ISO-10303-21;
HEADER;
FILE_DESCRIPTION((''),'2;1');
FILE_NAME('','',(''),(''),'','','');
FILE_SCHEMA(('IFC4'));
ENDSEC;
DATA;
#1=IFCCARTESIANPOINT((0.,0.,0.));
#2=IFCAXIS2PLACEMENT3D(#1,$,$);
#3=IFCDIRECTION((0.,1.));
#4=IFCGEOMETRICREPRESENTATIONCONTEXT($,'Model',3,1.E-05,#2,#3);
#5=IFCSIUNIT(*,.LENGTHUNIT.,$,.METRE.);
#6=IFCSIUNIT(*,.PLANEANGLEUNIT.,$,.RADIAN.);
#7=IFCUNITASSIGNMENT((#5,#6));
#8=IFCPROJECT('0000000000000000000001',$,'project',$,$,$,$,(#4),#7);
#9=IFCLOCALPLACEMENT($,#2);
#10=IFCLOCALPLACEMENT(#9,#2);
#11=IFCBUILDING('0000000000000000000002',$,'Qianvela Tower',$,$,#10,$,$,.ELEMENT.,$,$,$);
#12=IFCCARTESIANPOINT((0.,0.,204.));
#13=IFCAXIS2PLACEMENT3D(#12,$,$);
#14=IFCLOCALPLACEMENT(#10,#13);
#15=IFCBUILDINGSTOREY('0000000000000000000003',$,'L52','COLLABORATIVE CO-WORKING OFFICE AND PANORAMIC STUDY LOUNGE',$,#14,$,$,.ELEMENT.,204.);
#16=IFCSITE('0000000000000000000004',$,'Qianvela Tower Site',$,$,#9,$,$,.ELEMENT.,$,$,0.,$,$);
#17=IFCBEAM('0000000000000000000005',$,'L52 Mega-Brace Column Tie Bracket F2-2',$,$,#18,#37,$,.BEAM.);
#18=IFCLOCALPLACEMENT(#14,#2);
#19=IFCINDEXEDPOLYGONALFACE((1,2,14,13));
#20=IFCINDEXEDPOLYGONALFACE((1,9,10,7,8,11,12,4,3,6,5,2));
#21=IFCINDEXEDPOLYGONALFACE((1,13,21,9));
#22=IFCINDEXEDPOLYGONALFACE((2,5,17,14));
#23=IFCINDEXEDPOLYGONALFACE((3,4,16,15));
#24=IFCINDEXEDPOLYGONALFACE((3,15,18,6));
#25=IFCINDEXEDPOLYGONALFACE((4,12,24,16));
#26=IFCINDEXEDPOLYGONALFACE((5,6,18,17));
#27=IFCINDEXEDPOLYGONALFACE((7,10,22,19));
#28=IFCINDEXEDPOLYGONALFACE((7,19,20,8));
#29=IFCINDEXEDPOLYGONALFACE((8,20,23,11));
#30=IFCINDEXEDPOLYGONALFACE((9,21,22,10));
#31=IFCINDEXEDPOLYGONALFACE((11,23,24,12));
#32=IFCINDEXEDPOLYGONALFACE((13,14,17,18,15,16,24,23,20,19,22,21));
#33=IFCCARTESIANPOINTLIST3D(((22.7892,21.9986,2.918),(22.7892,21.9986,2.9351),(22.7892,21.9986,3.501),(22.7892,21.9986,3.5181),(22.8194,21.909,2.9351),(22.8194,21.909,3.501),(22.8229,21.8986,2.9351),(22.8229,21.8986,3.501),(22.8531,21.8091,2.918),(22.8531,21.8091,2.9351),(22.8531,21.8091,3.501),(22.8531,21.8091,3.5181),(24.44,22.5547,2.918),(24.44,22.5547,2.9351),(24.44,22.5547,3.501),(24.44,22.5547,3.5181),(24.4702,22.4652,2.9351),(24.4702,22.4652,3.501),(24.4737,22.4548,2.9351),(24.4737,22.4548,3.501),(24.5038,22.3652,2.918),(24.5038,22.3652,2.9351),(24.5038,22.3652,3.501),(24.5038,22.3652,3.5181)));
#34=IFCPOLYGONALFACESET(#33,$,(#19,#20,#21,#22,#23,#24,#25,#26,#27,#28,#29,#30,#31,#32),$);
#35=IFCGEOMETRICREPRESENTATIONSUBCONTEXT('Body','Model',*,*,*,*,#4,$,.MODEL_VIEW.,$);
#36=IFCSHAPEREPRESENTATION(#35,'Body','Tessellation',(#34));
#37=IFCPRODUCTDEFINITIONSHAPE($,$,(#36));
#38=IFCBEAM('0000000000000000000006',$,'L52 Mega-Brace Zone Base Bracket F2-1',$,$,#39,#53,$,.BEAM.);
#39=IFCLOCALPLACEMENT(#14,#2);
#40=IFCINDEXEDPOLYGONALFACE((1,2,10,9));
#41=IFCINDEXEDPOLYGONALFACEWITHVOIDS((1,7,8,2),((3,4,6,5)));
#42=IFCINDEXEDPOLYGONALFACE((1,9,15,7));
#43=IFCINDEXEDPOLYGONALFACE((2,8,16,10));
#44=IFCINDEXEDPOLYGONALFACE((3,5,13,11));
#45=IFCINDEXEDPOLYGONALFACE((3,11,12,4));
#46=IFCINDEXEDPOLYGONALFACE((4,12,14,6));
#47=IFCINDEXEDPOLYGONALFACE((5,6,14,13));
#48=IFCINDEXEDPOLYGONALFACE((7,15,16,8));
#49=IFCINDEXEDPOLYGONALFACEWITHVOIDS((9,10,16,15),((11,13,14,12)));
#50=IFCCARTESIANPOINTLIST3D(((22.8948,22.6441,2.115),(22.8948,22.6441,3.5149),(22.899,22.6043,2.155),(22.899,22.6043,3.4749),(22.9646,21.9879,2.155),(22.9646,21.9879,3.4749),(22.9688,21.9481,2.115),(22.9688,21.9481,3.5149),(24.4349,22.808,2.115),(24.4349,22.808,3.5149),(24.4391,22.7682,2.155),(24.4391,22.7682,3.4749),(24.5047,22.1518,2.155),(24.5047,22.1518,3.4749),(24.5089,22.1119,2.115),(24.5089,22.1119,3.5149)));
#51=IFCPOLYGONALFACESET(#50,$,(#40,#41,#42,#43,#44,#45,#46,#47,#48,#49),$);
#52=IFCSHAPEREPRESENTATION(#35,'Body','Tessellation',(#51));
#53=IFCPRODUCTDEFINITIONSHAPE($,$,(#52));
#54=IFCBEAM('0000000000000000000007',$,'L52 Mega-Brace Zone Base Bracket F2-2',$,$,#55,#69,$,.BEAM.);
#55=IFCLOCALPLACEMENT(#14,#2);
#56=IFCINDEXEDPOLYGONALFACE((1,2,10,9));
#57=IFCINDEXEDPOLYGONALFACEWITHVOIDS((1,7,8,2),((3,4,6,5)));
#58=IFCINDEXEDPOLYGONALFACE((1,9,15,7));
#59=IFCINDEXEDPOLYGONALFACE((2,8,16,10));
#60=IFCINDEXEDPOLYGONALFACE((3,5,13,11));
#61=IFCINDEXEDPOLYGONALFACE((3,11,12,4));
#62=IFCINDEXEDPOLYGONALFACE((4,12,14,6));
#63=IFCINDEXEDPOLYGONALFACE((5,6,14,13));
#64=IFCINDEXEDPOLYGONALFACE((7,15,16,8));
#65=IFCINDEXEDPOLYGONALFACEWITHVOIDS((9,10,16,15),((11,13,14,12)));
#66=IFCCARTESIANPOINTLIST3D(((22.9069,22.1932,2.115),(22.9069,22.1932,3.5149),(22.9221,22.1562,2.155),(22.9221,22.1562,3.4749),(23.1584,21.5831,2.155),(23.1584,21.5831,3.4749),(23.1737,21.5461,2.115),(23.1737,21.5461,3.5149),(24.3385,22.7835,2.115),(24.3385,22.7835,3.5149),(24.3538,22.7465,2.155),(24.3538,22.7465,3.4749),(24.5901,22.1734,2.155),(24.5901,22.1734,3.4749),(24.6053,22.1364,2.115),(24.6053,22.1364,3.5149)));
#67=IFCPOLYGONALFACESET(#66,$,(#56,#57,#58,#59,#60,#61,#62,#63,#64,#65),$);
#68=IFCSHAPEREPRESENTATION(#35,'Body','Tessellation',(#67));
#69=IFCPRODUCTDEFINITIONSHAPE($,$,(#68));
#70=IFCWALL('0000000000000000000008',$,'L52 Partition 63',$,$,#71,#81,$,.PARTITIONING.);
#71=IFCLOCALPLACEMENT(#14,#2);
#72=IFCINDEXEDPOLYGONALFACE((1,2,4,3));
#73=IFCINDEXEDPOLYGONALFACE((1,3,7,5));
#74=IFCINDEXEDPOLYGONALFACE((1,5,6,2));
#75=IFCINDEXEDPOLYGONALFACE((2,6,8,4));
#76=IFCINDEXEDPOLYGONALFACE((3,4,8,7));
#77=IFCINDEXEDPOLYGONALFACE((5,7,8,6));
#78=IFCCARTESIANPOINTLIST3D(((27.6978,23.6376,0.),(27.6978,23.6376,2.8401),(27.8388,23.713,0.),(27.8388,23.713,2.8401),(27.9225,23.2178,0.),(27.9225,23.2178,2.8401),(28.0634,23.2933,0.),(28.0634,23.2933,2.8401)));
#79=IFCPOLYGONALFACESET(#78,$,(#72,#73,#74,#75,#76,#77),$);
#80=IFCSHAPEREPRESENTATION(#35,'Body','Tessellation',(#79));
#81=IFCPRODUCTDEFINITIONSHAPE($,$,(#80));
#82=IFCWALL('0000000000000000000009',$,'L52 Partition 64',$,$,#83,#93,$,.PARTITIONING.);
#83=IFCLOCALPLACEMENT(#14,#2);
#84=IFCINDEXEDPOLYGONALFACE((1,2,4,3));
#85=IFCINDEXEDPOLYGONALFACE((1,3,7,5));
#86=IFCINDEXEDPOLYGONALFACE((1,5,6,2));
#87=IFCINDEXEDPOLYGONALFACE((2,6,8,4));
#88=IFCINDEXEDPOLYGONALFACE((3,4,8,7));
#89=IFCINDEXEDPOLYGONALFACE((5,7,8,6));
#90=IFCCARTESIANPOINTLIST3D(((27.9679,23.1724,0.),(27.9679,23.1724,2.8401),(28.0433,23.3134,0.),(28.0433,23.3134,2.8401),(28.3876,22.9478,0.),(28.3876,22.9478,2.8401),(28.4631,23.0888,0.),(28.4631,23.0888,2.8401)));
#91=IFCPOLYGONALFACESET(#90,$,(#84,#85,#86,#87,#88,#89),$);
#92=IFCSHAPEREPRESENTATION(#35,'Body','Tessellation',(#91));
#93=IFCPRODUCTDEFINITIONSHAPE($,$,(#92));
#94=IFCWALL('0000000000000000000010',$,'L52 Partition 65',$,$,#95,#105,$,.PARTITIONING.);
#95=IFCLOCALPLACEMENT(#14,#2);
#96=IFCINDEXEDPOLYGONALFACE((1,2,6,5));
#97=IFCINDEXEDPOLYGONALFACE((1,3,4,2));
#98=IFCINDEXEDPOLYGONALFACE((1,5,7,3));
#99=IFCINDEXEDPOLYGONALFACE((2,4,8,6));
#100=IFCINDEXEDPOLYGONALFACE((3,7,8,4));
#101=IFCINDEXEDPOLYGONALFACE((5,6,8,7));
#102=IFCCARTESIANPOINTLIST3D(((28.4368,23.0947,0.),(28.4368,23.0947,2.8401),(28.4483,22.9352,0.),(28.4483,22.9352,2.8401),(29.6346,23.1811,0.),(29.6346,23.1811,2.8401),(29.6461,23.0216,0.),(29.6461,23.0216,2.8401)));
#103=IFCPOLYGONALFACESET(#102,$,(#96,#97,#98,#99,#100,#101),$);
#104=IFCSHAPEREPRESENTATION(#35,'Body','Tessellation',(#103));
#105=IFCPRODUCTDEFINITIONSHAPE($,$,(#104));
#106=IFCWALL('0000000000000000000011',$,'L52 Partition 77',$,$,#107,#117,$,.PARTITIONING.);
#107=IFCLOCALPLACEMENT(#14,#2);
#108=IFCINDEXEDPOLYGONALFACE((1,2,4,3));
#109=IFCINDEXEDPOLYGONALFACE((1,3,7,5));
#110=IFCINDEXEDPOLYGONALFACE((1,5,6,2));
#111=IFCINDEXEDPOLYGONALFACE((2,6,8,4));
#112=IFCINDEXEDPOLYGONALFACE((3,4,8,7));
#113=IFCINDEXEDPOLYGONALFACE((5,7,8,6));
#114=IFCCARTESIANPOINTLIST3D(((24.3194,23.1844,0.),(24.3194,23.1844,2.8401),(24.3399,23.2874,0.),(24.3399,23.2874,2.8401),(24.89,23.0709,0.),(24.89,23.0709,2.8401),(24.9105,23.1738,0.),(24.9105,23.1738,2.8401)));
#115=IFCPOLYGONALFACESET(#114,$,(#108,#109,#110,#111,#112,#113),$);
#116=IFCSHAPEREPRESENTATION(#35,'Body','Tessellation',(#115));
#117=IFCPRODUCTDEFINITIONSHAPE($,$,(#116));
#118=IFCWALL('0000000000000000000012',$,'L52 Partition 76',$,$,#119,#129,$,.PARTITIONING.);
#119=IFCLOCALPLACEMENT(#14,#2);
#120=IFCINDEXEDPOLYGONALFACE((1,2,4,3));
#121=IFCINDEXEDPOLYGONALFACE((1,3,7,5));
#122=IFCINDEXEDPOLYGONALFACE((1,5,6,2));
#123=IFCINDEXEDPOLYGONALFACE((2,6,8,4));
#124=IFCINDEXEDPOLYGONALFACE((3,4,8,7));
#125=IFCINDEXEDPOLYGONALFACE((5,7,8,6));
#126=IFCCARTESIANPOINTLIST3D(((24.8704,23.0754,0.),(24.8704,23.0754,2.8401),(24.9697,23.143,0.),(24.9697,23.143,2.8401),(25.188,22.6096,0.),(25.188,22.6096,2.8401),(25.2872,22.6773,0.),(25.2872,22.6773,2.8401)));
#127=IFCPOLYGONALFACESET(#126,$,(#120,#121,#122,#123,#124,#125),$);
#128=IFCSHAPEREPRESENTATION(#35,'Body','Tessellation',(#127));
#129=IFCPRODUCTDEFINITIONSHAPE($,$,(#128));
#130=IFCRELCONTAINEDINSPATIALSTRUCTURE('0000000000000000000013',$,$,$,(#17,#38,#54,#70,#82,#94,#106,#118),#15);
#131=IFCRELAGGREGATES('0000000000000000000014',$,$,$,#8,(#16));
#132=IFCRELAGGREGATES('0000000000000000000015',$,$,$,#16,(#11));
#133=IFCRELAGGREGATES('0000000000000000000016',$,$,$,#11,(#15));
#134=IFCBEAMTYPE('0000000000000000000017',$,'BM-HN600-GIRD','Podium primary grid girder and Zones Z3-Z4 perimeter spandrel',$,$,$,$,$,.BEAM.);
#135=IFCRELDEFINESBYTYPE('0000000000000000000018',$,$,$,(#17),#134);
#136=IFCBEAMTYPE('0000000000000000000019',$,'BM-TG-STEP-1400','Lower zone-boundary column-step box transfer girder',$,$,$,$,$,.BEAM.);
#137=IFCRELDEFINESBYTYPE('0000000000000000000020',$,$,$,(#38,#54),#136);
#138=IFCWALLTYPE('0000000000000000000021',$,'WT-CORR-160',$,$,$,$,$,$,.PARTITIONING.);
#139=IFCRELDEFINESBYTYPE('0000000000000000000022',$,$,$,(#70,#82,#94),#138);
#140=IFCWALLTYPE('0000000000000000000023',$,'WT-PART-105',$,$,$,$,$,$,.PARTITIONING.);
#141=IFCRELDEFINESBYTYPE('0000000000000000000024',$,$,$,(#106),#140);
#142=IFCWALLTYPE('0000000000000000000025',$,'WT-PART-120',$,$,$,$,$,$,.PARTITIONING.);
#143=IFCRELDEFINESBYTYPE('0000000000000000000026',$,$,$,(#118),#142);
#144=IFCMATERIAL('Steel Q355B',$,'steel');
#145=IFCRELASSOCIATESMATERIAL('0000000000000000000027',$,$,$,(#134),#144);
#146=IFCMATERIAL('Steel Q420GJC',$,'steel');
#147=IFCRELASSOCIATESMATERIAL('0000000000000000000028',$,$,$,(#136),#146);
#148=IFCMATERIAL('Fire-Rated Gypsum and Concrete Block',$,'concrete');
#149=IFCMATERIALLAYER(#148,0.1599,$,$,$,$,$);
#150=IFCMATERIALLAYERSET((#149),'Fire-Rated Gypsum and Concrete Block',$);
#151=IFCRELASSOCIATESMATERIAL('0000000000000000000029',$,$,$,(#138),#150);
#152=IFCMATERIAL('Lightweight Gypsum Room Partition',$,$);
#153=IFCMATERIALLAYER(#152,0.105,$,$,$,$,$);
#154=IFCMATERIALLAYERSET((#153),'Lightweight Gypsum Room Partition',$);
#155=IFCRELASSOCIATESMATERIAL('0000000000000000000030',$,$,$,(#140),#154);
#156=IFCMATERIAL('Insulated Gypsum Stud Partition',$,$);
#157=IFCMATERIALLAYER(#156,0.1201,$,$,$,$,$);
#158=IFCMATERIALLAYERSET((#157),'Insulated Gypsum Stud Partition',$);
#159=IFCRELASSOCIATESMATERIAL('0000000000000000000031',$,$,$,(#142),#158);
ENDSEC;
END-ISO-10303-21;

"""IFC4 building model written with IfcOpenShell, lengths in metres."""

from ifc_helpers import new_model, si_unit, direction, frame, frame_2d, origin, origin_2d, place, context, subcontext, project, spatial, rectangle, hollow_rectangle, i_section, extrude, material, layer, layer_set, material_profile, profile_set, type_object, element, save


model = new_model("IFC4")

# Units and contexts
model_context = context("Model", 3, precision=1e-05, world=origin(), true_north=direction((0.0, 1.0)))
body_context = subcontext(model_context, "Body", "Model", "MODEL_VIEW")
ifc_project = project(units=[si_unit("LENGTHUNIT", "METRE"), si_unit("PLANEANGLEUNIT", "RADIAN")], contexts=[model_context])

# Site, building, storey
site_placement = place(None, origin())
site = spatial("IfcSite", under=ifc_project, at=site_placement, Name="Qianvela Tower Site", CompositionType="ELEMENT", RefElevation=0.0)
building_placement = place(site_placement, origin())
building = spatial("IfcBuilding", under=site, at=building_placement, Name="Qianvela Tower", CompositionType="ELEMENT")
storey_placement = place(building_placement, frame((0.0, 0.0, 204.0)))
storey = spatial("IfcBuildingStorey", under=building, at=storey_placement, Name="L52", Description="COLLABORATIVE CO-WORKING OFFICE AND PANORAMIC STUDY LOUNGE", CompositionType="ELEMENT", Elevation=204.0)

# Beams
ifc_material_1 = material(Name="Steel Q355B", Category="steel")
ifc_material_profile_1 = material_profile(ifc_material_1, i_section(OverallWidth=0.2, OverallDepth=0.6001, WebThickness=0.011, FlangeThickness=0.0171, at=origin_2d()), Name="HN600x200x11x17")
ifc_profile_set_1 = profile_set([ifc_material_profile_1], Name="Steel Q355B")
beam_type_1 = type_object("IfcBeamType", Name="BM-HN600-GIRD", Description="Podium primary grid girder and Zones Z3-Z4 perimeter spandrel", PredefinedType="BEAM", material=ifc_profile_set_1)
beam_1_placement = place(storey_placement, frame((24.4719, 22.46, 3.218), z_axis=(-0.947669, -0.319253, 0.0), x_axis=(0.319253, -0.947669, 0.0)))
element("IfcBeam", 1, at=beam_1_placement, inside=storey, type_object=beam_type_1, Name="L52 Mega-Brace Column Tie Bracket F2-2", PredefinedType="BEAM", context=body_context, shape_type="SweptSolid", body=[
    extrude(i_section(OverallWidth=0.2, OverallDepth=0.6001, WebThickness=0.011, FlangeThickness=0.0171, at=origin_2d()), origin(), (0.0, 0.0, 1.0), 1.7419),
])
ifc_material_2 = material(Name="Steel Q420GJC", Category="steel")
ifc_material_profile_2 = material_profile(ifc_material_2, hollow_rectangle(XDim=0.7, YDim=1.3999, WallThickness=0.04, at=origin_2d()), Name="TG-BOX-1400x700x40")
ifc_profile_set_2 = profile_set([ifc_material_profile_2], Name="Steel Q420GJC")
beam_type_2 = type_object("IfcBeamType", Name="BM-TG-STEP-1400", Description="Lower zone-boundary column-step box transfer girder", PredefinedType="BEAM", material=ifc_profile_set_2)
beam_2_placement = place(storey_placement, frame((24.4719, 22.46, 2.8149), z_axis=(-0.99439, -0.105776, 0.0), x_axis=(0.105776, -0.99439, 0.0)))
element("IfcBeam", 2, at=beam_2_placement, inside=storey, type_object=beam_type_2, Name="L52 Mega-Brace Zone Base Bracket F2-1", PredefinedType="BEAM", context=body_context, shape_type="SweptSolid", body=[
    extrude(hollow_rectangle(XDim=0.7, YDim=1.3999, WallThickness=0.04, at=origin_2d()), origin(), (0.0, 0.0, 1.0), 1.5488),
])
beam_3_placement = place(storey_placement, frame((24.4719, 22.46, 2.8149), z_axis=(-0.924489, -0.38121, 0.0), x_axis=(0.38121, -0.924489, 0.0)))
element("IfcBeam", 3, at=beam_3_placement, inside=storey, type_object=beam_type_2, Name="L52 Mega-Brace Zone Base Bracket F2-2", PredefinedType="BEAM", context=body_context, shape_type="SweptSolid", body=[
    extrude(hollow_rectangle(XDim=0.7, YDim=1.3999, WallThickness=0.04, at=origin_2d()), origin(), (0.0, 0.0, 1.0), 1.5486),
])

# Walls
ifc_material_3 = material(Name="Fire-Rated Gypsum and Concrete Block", Category="concrete")
ifc_layer_1 = layer(ifc_material_3, 0.1599)
ifc_layer_set_1 = layer_set([ifc_layer_1], Name="Fire-Rated Gypsum and Concrete Block")
wall_type_1 = type_object("IfcWallType", Name="WT-CORR-160", PredefinedType="PARTITIONING", material=ifc_layer_set_1)
for number, where, z_axis, x_axis, name in (
    (4, (27.7683, 23.6753, 0.0), (0.0, 0.0, 1.0), (0.471866, -0.881671, 0.0), "L52 Partition 63"),
    (5, (28.0056, 23.2429, 0.0), (0.0, 0.0, 1.0), (0.881671, -0.471866, 0.0), "L52 Partition 64"),
):
    element("IfcWall", number, at=place(storey_placement, frame(where, z_axis=z_axis, x_axis=x_axis)), inside=storey, type_object=wall_type_1, Name=name, PredefinedType="PARTITIONING", context=body_context, shape_type="SweptSolid", body=[
        extrude(rectangle(XDim=0.4761, YDim=0.1599, at=frame_2d((0.238, 0.0))), origin(), (0.0, 0.0, 1.0), 2.8401),
    ])
wall_1_placement = place(storey_placement, frame((28.4424, 23.0149, 0.0), z_axis=(0.0, 0.0, 1.0), x_axis=(0.997407, 0.071969, 0.0)))
element("IfcWall", 6, at=wall_1_placement, inside=storey, type_object=wall_type_1, Name="L52 Partition 65", PredefinedType="PARTITIONING", context=body_context, shape_type="SweptSolid", body=[
    extrude(rectangle(XDim=1.2009, YDim=0.1599, at=frame_2d((0.6006, 0.0))), origin(), (0.0, 0.0, 1.0), 2.8401),
])
ifc_material_4 = material(Name="Lightweight Gypsum Room Partition")
ifc_layer_2 = layer(ifc_material_4, 0.105)
ifc_layer_set_2 = layer_set([ifc_layer_2], Name="Lightweight Gypsum Room Partition")
wall_type_2 = type_object("IfcWallType", Name="WT-PART-105", PredefinedType="PARTITIONING", material=ifc_layer_set_2)
wall_2_placement = place(storey_placement, frame((24.9004, 23.1223, 0.0), z_axis=(0.0, 0.0, 1.0), x_axis=(-0.980774, 0.195148, 0.0)))
element("IfcWall", 7, at=wall_2_placement, inside=storey, type_object=wall_type_2, Name="L52 Partition 77", PredefinedType="PARTITIONING", context=body_context, shape_type="SweptSolid", body=[
    extrude(rectangle(XDim=0.5818, YDim=0.105, at=frame_2d((0.291, 0.0))), origin(), (0.0, 0.0, 1.0), 2.8401),
])
ifc_material_5 = material(Name="Insulated Gypsum Stud Partition")
ifc_layer_3 = layer(ifc_material_5, 0.1201)
ifc_layer_set_3 = layer_set([ifc_layer_3], Name="Insulated Gypsum Stud Partition")
wall_type_3 = type_object("IfcWallType", Name="WT-PART-120", PredefinedType="PARTITIONING", material=ifc_layer_set_3)
wall_3_placement = place(storey_placement, frame((25.2375, 22.6436, 0.0), z_axis=(0.0, 0.0, 1.0), x_axis=(-0.563364, 0.826209, 0.0)))
element("IfcWall", 8, at=wall_3_placement, inside=storey, type_object=wall_type_3, Name="L52 Partition 76", PredefinedType="PARTITIONING", context=body_context, shape_type="SweptSolid", body=[
    extrude(rectangle(XDim=0.5637, YDim=0.1201, at=frame_2d((0.2817, 0.0))), origin(), (0.0, 0.0, 1.0), 2.8401),
])

save(model, "model.ifc")
